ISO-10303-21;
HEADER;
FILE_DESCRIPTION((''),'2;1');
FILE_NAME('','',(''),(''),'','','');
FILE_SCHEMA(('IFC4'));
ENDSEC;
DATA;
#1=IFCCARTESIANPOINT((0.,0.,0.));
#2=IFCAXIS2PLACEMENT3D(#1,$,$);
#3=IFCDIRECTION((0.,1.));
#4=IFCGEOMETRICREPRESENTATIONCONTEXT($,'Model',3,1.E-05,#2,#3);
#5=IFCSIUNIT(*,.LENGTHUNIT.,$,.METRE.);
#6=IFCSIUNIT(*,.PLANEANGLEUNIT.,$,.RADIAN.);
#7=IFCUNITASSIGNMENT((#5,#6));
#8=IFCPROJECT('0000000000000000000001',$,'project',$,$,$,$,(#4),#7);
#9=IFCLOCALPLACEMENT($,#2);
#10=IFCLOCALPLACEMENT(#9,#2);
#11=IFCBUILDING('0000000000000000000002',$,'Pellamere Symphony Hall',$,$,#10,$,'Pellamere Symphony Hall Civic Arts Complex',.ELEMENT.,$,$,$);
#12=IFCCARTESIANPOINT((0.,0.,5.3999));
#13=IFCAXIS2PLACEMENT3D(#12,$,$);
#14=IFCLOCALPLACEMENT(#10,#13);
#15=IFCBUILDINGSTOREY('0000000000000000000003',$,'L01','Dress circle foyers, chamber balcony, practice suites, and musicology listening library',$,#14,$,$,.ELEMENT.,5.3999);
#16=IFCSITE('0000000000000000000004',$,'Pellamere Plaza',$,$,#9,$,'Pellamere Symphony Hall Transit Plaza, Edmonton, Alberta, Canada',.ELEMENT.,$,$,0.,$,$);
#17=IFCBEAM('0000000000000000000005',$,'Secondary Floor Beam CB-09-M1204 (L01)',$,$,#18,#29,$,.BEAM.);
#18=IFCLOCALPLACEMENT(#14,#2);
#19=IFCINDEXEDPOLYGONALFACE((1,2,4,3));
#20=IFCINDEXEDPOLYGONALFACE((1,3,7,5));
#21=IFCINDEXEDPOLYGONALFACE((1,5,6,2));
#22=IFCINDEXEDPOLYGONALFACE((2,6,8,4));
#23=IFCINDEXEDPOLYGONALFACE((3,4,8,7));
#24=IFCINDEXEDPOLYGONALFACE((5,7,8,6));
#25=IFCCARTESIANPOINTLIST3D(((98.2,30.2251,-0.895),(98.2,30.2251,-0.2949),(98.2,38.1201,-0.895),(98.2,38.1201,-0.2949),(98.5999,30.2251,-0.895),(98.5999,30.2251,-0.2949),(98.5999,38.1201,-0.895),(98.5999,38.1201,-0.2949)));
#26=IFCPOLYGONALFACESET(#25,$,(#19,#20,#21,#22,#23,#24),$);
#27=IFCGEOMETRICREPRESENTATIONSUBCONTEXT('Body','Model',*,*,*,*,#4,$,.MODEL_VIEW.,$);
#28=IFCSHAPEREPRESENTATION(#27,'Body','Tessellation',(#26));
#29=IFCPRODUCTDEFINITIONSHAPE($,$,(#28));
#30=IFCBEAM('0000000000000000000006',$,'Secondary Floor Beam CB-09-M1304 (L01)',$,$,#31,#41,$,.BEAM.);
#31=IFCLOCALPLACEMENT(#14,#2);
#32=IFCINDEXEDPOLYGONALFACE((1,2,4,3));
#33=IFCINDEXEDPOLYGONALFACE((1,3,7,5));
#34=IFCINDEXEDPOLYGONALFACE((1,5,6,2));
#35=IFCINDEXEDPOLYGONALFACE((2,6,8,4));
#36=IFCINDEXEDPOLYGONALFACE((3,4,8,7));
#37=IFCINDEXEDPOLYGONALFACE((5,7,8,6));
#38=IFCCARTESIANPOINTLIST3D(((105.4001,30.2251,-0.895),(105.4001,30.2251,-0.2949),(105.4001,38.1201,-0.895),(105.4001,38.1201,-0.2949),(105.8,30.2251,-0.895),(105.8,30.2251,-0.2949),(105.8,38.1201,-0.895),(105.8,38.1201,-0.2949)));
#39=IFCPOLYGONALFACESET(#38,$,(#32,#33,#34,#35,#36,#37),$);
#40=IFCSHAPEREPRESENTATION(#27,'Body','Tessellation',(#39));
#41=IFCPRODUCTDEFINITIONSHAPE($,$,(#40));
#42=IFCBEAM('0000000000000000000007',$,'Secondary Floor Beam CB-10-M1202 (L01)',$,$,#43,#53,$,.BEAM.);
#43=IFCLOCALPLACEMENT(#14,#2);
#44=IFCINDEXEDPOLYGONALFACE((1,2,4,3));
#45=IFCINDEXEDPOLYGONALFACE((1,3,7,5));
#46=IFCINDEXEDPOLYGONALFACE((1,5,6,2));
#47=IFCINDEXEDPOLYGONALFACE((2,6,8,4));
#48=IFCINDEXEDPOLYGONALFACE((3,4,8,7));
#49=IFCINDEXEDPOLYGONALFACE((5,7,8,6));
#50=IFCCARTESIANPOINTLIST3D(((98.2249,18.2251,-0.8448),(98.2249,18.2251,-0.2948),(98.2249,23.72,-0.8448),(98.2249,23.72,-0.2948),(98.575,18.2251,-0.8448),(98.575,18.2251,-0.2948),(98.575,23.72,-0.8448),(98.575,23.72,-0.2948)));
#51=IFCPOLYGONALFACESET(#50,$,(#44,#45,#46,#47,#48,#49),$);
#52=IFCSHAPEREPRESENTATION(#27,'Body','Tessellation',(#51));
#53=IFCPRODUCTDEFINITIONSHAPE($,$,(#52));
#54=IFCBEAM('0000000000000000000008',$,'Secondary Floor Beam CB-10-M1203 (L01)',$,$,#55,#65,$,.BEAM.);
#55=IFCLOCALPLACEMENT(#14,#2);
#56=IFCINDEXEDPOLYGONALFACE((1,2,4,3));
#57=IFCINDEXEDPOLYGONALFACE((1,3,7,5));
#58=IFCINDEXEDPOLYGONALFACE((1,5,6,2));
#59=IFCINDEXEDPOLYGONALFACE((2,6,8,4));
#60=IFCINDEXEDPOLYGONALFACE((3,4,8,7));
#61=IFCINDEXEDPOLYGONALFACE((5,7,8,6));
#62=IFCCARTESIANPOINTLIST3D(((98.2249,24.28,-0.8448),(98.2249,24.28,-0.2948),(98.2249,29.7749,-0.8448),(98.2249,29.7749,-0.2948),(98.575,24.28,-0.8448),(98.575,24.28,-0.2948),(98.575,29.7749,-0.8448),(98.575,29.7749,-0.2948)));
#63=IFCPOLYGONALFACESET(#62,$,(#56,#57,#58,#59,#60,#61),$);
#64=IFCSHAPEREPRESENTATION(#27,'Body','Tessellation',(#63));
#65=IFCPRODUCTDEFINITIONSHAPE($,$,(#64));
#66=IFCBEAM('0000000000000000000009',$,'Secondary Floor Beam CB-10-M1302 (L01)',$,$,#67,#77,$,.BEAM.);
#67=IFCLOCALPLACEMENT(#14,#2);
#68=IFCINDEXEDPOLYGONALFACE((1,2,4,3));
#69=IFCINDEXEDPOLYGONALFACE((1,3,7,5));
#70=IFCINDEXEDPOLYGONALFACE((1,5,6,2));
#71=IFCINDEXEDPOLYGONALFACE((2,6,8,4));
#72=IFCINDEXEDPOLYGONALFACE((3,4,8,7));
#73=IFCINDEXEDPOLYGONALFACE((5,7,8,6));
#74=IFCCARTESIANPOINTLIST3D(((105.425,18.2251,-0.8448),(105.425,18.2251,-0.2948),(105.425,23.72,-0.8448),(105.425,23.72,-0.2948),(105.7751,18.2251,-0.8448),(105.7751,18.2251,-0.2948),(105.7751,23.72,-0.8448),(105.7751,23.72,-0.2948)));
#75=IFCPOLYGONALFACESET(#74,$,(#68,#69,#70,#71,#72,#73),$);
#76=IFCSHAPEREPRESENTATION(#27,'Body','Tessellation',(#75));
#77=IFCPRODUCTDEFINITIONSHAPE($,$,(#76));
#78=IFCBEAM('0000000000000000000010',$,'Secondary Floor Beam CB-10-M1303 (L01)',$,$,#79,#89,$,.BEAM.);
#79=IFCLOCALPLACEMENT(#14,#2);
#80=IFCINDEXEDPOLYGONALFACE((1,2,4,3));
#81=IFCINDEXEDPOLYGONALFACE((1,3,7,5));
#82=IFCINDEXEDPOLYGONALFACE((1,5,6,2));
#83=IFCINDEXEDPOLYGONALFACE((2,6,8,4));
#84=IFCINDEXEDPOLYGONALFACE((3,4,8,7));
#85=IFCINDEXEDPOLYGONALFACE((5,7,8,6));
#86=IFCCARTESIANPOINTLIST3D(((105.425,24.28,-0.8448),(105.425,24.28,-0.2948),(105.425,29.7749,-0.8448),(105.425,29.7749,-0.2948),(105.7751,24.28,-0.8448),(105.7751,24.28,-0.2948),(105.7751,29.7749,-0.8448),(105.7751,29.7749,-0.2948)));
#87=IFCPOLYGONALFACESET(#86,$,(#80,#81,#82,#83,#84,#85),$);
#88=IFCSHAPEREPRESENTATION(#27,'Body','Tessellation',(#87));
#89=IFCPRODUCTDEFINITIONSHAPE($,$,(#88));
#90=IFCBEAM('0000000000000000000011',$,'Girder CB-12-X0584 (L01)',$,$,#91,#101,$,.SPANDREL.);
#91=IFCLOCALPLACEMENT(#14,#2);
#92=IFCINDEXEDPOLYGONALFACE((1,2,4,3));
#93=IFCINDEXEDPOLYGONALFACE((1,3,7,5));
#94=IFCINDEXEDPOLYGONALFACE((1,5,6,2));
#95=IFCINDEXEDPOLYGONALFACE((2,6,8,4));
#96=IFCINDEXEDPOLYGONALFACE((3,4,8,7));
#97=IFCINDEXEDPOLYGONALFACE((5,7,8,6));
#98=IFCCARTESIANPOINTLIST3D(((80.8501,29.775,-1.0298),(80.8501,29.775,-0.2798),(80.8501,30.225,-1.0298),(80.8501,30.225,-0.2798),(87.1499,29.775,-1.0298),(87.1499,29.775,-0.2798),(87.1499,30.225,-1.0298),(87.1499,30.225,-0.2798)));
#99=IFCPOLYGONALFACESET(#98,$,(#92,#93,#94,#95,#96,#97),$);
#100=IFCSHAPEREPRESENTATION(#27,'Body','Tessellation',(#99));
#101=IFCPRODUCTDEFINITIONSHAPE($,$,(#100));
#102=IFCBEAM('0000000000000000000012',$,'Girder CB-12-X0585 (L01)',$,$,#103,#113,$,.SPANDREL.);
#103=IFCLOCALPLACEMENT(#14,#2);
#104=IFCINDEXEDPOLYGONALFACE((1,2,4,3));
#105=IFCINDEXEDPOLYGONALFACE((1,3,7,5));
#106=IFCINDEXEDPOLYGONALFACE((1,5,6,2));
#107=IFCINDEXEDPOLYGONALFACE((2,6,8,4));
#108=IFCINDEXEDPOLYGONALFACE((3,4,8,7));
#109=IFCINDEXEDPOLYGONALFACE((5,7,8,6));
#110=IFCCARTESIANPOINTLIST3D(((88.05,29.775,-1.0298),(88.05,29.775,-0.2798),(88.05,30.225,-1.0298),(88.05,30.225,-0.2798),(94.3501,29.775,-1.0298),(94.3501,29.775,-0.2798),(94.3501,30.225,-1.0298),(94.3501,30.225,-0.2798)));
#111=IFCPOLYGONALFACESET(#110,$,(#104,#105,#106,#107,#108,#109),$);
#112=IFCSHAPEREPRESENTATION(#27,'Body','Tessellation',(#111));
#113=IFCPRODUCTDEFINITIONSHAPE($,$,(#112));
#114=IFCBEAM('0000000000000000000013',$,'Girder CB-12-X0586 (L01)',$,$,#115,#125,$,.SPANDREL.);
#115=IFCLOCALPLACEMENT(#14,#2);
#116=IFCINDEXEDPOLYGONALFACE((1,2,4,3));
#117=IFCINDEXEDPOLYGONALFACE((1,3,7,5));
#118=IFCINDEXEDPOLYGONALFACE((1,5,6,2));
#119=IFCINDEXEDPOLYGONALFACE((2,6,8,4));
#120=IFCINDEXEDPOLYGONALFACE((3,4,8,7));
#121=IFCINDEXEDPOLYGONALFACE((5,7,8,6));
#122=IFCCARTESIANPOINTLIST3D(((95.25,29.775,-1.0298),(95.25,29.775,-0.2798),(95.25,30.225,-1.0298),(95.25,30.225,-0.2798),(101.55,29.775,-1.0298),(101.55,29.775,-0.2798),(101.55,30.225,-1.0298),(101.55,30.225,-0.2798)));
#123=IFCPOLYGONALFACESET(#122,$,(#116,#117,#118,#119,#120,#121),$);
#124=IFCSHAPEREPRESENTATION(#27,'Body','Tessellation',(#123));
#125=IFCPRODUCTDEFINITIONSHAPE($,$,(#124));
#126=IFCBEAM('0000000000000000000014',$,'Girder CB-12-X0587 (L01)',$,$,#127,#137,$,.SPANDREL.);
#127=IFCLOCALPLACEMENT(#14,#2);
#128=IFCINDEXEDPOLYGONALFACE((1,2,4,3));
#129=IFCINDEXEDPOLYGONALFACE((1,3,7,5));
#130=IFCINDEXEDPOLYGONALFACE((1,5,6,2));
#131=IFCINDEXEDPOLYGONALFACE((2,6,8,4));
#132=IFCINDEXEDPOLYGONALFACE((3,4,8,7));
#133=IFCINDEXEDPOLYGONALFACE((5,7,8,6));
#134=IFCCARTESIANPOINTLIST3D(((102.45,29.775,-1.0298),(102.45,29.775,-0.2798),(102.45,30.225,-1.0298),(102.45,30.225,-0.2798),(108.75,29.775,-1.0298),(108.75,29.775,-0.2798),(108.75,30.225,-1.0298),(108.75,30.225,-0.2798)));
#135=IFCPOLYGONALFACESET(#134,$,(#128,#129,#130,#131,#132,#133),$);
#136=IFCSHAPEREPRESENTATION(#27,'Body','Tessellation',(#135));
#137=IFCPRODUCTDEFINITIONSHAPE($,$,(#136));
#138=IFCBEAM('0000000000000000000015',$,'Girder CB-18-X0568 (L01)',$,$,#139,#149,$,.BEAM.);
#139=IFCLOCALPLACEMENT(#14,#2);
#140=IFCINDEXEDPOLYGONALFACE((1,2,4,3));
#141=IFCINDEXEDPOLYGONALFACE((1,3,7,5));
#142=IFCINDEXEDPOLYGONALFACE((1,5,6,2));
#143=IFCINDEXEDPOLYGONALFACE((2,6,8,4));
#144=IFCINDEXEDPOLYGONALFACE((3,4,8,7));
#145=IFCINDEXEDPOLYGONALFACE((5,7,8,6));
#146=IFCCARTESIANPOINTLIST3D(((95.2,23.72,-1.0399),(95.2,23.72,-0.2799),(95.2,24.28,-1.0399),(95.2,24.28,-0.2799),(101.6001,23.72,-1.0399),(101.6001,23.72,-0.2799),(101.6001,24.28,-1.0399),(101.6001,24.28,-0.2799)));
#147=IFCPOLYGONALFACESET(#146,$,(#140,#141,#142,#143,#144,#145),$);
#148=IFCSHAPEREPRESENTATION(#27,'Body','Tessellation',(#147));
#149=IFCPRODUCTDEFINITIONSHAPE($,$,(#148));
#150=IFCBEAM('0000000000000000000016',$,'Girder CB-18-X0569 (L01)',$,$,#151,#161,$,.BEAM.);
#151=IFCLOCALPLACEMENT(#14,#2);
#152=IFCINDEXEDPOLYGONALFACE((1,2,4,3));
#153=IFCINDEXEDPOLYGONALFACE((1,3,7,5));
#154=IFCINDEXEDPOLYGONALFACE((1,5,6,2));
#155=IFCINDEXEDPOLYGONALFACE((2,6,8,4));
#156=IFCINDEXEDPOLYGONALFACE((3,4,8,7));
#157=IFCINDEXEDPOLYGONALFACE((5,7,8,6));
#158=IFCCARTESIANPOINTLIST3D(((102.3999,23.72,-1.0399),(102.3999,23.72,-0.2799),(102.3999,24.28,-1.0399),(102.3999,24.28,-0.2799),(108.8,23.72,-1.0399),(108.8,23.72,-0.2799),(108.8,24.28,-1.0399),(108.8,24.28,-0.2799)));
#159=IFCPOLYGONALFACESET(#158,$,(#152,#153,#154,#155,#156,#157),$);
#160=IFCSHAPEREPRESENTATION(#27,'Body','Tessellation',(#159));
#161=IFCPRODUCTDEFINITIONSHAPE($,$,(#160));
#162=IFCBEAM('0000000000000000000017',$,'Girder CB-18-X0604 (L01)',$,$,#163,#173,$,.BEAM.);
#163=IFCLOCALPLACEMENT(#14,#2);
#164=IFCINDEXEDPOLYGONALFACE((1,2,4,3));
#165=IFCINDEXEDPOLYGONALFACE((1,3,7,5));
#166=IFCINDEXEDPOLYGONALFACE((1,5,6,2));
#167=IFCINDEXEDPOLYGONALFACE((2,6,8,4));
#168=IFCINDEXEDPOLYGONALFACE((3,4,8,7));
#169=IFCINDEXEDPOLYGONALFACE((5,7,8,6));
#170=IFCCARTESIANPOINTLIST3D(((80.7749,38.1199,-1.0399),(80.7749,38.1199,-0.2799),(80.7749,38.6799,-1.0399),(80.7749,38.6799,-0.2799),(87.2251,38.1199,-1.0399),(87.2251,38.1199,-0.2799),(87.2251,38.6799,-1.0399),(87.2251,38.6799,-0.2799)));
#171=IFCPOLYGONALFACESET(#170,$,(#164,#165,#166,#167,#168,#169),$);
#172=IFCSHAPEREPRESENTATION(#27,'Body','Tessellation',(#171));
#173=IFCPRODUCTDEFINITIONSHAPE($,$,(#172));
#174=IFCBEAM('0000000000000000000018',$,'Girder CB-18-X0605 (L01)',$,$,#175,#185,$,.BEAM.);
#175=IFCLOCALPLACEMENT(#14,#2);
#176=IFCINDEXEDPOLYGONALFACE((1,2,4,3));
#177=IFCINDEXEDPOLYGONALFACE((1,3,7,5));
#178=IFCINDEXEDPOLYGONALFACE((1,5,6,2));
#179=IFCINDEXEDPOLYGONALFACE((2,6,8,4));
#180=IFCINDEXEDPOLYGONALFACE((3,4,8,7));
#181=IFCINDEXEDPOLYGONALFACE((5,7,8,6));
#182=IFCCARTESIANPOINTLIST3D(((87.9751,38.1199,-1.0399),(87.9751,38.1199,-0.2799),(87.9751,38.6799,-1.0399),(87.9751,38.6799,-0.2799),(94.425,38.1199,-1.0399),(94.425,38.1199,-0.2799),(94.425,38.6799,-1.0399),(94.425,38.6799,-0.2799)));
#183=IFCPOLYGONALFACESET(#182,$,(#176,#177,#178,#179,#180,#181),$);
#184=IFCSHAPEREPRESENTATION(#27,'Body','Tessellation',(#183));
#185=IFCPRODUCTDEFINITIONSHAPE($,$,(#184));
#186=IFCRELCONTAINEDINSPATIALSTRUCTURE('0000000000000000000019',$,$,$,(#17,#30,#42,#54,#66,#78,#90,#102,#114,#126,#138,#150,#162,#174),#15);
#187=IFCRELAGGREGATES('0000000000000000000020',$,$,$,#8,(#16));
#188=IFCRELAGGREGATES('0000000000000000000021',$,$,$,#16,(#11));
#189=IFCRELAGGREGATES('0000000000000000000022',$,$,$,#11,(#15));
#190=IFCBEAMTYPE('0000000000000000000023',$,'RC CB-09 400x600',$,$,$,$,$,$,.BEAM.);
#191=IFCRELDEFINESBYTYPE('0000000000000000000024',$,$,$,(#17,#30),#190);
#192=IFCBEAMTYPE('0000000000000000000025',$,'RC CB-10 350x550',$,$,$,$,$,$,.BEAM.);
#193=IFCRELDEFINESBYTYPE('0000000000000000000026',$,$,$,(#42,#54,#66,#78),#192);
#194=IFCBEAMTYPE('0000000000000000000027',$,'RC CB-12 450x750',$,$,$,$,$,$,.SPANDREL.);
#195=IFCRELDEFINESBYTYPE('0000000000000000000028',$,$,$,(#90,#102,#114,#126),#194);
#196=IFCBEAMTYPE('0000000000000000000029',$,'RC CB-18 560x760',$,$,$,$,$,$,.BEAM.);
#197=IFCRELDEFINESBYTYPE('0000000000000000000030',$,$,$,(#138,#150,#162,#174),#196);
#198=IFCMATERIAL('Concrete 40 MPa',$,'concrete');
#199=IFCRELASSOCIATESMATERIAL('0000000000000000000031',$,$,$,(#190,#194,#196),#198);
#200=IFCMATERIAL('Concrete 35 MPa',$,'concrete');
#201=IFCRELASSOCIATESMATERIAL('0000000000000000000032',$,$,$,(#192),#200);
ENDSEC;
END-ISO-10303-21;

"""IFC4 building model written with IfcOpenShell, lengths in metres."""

from ifc_helpers import new_model, si_unit, direction, frame, origin, origin_2d, place, context, subcontext, project, spatial, rectangle, extrude, material, material_profile, profile_set, type_object, element, save


model = new_model("IFC4")

# Units and contexts
model_context = context("Model", 3, precision=1e-05, world=origin(), true_north=direction((0.0, 1.0)))
body_context = subcontext(model_context, "Body", "Model", "MODEL_VIEW")
ifc_project = project(units=[si_unit("LENGTHUNIT", "METRE"), si_unit("PLANEANGLEUNIT", "RADIAN")], contexts=[model_context])

# Site, building, storey
site_placement = place(None, origin())
site = spatial("IfcSite", under=ifc_project, at=site_placement, Name="Pellamere Plaza", LongName="Pellamere Symphony Hall Transit Plaza, Edmonton, Alberta, Canada", CompositionType="ELEMENT", RefElevation=0.0)
building_placement = place(site_placement, origin())
building = spatial("IfcBuilding", under=site, at=building_placement, Name="Pellamere Symphony Hall", LongName="Pellamere Symphony Hall Civic Arts Complex", CompositionType="ELEMENT")
storey_placement = place(building_placement, frame((0.0, 0.0, 5.3999)))
storey = spatial("IfcBuildingStorey", under=building, at=storey_placement, Name="L01", Description="Dress circle foyers, chamber balcony, practice suites, and musicology listening library", CompositionType="ELEMENT", Elevation=5.3999)

# Shared definitions
ifc_material_1 = material(Name="Concrete 40 MPa", Category="concrete")

# Beams
ifc_material_profile_1 = material_profile(ifc_material_1, rectangle(XDim=0.3999, YDim=0.6001, at=origin_2d()), Name="RC 400x600")
ifc_profile_set_1 = profile_set([ifc_material_profile_1], Name="Concrete 40 MPa")
beam_type_1 = type_object("IfcBeamType", Name="RC CB-09 400x600", PredefinedType="BEAM", material=ifc_profile_set_1)
for number, where, z_axis, x_axis, name in (
    (1, (98.3999, 30.2251, -0.595), (0.0, 1.0, 0.0), (-1.0, 0.0, 0.0), "Secondary Floor Beam CB-09-M1204 (L01)"),
    (2, (105.6001, 30.2251, -0.595), (0.0, 1.0, 0.0), (-1.0, 0.0, 0.0), "Secondary Floor Beam CB-09-M1304 (L01)"),
):
    element("IfcBeam", number, at=place(storey_placement, frame(where, z_axis=z_axis, x_axis=x_axis)), inside=storey, type_object=beam_type_1, Name=name, PredefinedType="BEAM", context=body_context, shape_type="SweptSolid", body=[
        extrude(rectangle(XDim=0.3999, YDim=0.6001, at=origin_2d()), origin(), (0.0, 0.0, 1.0), 7.895),
    ])
ifc_material_2 = material(Name="Concrete 35 MPa", Category="concrete")
ifc_material_profile_2 = material_profile(ifc_material_2, rectangle(XDim=0.3501, YDim=0.55, at=origin_2d()), Name="RC 350x550")
ifc_profile_set_2 = profile_set([ifc_material_profile_2], Name="Concrete 35 MPa")
beam_type_2 = type_object("IfcBeamType", Name="RC CB-10 350x550", PredefinedType="BEAM", material=ifc_profile_set_2)
for number, where, z_axis, x_axis, name in (
    (3, (98.3999, 18.2251, -0.5698), (0.0, 1.0, 0.0), (-1.0, 0.0, 0.0), "Secondary Floor Beam CB-10-M1202 (L01)"),
    (4, (98.3999, 24.28, -0.5698), (0.0, 1.0, 0.0), (-1.0, 0.0, 0.0), "Secondary Floor Beam CB-10-M1203 (L01)"),
    (5, (105.6001, 18.2251, -0.5698), (0.0, 1.0, 0.0), (-1.0, 0.0, 0.0), "Secondary Floor Beam CB-10-M1302 (L01)"),
    (6, (105.6001, 24.28, -0.5698), (0.0, 1.0, 0.0), (-1.0, 0.0, 0.0), "Secondary Floor Beam CB-10-M1303 (L01)"),
):
    element("IfcBeam", number, at=place(storey_placement, frame(where, z_axis=z_axis, x_axis=x_axis)), inside=storey, type_object=beam_type_2, Name=name, PredefinedType="BEAM", context=body_context, shape_type="SweptSolid", body=[
        extrude(rectangle(XDim=0.3501, YDim=0.55, at=origin_2d()), origin(), (0.0, 0.0, 1.0), 5.4949),
    ])
ifc_material_profile_3 = material_profile(ifc_material_1, rectangle(XDim=0.45, YDim=0.75, at=origin_2d()), Name="RC 450x750")
ifc_profile_set_3 = profile_set([ifc_material_profile_3], Name="Concrete 40 MPa")
beam_type_3 = type_object("IfcBeamType", Name="RC CB-12 450x750", PredefinedType="SPANDREL", material=ifc_profile_set_3)
beam_1_placement = place(storey_placement, frame((80.8501, 30.0, -0.6548), z_axis=(1.0, 0.0, 0.0), x_axis=(0.0, 1.0, 0.0)))
element("IfcBeam", 7, at=beam_1_placement, inside=storey, type_object=beam_type_3, Name="Girder CB-12-X0584 (L01)", PredefinedType="SPANDREL", context=body_context, shape_type="SweptSolid", body=[
    extrude(rectangle(XDim=0.45, YDim=0.75, at=origin_2d()), origin(), (0.0, 0.0, 1.0), 6.2998),
])
for number, where, z_axis, x_axis, name in (
    (8, (88.05, 30.0, -0.6548), (1.0, 0.0, 0.0), (0.0, 1.0, 0.0), "Girder CB-12-X0585 (L01)"),
    (9, (95.25, 30.0, -0.6548), (1.0, 0.0, 0.0), (0.0, 1.0, 0.0), "Girder CB-12-X0586 (L01)"),
    (10, (102.45, 30.0, -0.6548), (1.0, 0.0, 0.0), (0.0, 1.0, 0.0), "Girder CB-12-X0587 (L01)"),
):
    element("IfcBeam", number, at=place(storey_placement, frame(where, z_axis=z_axis, x_axis=x_axis)), inside=storey, type_object=beam_type_3, Name=name, PredefinedType="SPANDREL", context=body_context, shape_type="SweptSolid", body=[
        extrude(rectangle(XDim=0.45, YDim=0.75, at=origin_2d()), origin(), (0.0, 0.0, 1.0), 6.3),
    ])
ifc_material_profile_4 = material_profile(ifc_material_1, rectangle(XDim=0.5601, YDim=0.76, at=origin_2d()), Name="RC 560x760")
ifc_profile_set_4 = profile_set([ifc_material_profile_4], Name="Concrete 40 MPa")
beam_type_4 = type_object("IfcBeamType", Name="RC CB-18 560x760", PredefinedType="BEAM", material=ifc_profile_set_4)
for number, where, z_axis, x_axis, name in (
    (11, (95.2, 24.0, -0.6599), (1.0, 0.0, 0.0), (0.0, 1.0, 0.0), "Girder CB-18-X0568 (L01)"),
    (12, (102.3999, 24.0, -0.6599), (1.0, 0.0, 0.0), (0.0, 1.0, 0.0), "Girder CB-18-X0569 (L01)"),
):
    element("IfcBeam", number, at=place(storey_placement, frame(where, z_axis=z_axis, x_axis=x_axis)), inside=storey, type_object=beam_type_4, Name=name, PredefinedType="BEAM", context=body_context, shape_type="SweptSolid", body=[
        extrude(rectangle(XDim=0.5601, YDim=0.76, at=origin_2d()), origin(), (0.0, 0.0, 1.0), 6.4001),
    ])
beam_2_placement = place(storey_placement, frame((80.7749, 38.3999, -0.6599), z_axis=(1.0, 0.0, 0.0), x_axis=(0.0, 1.0, 0.0)))
element("IfcBeam", 13, at=beam_2_placement, inside=storey, type_object=beam_type_4, Name="Girder CB-18-X0604 (L01)", PredefinedType="BEAM", context=body_context, shape_type="SweptSolid", body=[
    extrude(rectangle(XDim=0.5601, YDim=0.76, at=origin_2d()), origin(), (0.0, 0.0, 1.0), 6.4502),
])
beam_3_placement = place(storey_placement, frame((87.9751, 38.3999, -0.6599), z_axis=(1.0, 0.0, 0.0), x_axis=(0.0, 1.0, 0.0)))
element("IfcBeam", 14, at=beam_3_placement, inside=storey, type_object=beam_type_4, Name="Girder CB-18-X0605 (L01)", PredefinedType="BEAM", context=body_context, shape_type="SweptSolid", body=[
    extrude(rectangle(XDim=0.5601, YDim=0.76, at=origin_2d()), origin(), (0.0, 0.0, 1.0), 6.45),
])

save(model, "model.ifc")
